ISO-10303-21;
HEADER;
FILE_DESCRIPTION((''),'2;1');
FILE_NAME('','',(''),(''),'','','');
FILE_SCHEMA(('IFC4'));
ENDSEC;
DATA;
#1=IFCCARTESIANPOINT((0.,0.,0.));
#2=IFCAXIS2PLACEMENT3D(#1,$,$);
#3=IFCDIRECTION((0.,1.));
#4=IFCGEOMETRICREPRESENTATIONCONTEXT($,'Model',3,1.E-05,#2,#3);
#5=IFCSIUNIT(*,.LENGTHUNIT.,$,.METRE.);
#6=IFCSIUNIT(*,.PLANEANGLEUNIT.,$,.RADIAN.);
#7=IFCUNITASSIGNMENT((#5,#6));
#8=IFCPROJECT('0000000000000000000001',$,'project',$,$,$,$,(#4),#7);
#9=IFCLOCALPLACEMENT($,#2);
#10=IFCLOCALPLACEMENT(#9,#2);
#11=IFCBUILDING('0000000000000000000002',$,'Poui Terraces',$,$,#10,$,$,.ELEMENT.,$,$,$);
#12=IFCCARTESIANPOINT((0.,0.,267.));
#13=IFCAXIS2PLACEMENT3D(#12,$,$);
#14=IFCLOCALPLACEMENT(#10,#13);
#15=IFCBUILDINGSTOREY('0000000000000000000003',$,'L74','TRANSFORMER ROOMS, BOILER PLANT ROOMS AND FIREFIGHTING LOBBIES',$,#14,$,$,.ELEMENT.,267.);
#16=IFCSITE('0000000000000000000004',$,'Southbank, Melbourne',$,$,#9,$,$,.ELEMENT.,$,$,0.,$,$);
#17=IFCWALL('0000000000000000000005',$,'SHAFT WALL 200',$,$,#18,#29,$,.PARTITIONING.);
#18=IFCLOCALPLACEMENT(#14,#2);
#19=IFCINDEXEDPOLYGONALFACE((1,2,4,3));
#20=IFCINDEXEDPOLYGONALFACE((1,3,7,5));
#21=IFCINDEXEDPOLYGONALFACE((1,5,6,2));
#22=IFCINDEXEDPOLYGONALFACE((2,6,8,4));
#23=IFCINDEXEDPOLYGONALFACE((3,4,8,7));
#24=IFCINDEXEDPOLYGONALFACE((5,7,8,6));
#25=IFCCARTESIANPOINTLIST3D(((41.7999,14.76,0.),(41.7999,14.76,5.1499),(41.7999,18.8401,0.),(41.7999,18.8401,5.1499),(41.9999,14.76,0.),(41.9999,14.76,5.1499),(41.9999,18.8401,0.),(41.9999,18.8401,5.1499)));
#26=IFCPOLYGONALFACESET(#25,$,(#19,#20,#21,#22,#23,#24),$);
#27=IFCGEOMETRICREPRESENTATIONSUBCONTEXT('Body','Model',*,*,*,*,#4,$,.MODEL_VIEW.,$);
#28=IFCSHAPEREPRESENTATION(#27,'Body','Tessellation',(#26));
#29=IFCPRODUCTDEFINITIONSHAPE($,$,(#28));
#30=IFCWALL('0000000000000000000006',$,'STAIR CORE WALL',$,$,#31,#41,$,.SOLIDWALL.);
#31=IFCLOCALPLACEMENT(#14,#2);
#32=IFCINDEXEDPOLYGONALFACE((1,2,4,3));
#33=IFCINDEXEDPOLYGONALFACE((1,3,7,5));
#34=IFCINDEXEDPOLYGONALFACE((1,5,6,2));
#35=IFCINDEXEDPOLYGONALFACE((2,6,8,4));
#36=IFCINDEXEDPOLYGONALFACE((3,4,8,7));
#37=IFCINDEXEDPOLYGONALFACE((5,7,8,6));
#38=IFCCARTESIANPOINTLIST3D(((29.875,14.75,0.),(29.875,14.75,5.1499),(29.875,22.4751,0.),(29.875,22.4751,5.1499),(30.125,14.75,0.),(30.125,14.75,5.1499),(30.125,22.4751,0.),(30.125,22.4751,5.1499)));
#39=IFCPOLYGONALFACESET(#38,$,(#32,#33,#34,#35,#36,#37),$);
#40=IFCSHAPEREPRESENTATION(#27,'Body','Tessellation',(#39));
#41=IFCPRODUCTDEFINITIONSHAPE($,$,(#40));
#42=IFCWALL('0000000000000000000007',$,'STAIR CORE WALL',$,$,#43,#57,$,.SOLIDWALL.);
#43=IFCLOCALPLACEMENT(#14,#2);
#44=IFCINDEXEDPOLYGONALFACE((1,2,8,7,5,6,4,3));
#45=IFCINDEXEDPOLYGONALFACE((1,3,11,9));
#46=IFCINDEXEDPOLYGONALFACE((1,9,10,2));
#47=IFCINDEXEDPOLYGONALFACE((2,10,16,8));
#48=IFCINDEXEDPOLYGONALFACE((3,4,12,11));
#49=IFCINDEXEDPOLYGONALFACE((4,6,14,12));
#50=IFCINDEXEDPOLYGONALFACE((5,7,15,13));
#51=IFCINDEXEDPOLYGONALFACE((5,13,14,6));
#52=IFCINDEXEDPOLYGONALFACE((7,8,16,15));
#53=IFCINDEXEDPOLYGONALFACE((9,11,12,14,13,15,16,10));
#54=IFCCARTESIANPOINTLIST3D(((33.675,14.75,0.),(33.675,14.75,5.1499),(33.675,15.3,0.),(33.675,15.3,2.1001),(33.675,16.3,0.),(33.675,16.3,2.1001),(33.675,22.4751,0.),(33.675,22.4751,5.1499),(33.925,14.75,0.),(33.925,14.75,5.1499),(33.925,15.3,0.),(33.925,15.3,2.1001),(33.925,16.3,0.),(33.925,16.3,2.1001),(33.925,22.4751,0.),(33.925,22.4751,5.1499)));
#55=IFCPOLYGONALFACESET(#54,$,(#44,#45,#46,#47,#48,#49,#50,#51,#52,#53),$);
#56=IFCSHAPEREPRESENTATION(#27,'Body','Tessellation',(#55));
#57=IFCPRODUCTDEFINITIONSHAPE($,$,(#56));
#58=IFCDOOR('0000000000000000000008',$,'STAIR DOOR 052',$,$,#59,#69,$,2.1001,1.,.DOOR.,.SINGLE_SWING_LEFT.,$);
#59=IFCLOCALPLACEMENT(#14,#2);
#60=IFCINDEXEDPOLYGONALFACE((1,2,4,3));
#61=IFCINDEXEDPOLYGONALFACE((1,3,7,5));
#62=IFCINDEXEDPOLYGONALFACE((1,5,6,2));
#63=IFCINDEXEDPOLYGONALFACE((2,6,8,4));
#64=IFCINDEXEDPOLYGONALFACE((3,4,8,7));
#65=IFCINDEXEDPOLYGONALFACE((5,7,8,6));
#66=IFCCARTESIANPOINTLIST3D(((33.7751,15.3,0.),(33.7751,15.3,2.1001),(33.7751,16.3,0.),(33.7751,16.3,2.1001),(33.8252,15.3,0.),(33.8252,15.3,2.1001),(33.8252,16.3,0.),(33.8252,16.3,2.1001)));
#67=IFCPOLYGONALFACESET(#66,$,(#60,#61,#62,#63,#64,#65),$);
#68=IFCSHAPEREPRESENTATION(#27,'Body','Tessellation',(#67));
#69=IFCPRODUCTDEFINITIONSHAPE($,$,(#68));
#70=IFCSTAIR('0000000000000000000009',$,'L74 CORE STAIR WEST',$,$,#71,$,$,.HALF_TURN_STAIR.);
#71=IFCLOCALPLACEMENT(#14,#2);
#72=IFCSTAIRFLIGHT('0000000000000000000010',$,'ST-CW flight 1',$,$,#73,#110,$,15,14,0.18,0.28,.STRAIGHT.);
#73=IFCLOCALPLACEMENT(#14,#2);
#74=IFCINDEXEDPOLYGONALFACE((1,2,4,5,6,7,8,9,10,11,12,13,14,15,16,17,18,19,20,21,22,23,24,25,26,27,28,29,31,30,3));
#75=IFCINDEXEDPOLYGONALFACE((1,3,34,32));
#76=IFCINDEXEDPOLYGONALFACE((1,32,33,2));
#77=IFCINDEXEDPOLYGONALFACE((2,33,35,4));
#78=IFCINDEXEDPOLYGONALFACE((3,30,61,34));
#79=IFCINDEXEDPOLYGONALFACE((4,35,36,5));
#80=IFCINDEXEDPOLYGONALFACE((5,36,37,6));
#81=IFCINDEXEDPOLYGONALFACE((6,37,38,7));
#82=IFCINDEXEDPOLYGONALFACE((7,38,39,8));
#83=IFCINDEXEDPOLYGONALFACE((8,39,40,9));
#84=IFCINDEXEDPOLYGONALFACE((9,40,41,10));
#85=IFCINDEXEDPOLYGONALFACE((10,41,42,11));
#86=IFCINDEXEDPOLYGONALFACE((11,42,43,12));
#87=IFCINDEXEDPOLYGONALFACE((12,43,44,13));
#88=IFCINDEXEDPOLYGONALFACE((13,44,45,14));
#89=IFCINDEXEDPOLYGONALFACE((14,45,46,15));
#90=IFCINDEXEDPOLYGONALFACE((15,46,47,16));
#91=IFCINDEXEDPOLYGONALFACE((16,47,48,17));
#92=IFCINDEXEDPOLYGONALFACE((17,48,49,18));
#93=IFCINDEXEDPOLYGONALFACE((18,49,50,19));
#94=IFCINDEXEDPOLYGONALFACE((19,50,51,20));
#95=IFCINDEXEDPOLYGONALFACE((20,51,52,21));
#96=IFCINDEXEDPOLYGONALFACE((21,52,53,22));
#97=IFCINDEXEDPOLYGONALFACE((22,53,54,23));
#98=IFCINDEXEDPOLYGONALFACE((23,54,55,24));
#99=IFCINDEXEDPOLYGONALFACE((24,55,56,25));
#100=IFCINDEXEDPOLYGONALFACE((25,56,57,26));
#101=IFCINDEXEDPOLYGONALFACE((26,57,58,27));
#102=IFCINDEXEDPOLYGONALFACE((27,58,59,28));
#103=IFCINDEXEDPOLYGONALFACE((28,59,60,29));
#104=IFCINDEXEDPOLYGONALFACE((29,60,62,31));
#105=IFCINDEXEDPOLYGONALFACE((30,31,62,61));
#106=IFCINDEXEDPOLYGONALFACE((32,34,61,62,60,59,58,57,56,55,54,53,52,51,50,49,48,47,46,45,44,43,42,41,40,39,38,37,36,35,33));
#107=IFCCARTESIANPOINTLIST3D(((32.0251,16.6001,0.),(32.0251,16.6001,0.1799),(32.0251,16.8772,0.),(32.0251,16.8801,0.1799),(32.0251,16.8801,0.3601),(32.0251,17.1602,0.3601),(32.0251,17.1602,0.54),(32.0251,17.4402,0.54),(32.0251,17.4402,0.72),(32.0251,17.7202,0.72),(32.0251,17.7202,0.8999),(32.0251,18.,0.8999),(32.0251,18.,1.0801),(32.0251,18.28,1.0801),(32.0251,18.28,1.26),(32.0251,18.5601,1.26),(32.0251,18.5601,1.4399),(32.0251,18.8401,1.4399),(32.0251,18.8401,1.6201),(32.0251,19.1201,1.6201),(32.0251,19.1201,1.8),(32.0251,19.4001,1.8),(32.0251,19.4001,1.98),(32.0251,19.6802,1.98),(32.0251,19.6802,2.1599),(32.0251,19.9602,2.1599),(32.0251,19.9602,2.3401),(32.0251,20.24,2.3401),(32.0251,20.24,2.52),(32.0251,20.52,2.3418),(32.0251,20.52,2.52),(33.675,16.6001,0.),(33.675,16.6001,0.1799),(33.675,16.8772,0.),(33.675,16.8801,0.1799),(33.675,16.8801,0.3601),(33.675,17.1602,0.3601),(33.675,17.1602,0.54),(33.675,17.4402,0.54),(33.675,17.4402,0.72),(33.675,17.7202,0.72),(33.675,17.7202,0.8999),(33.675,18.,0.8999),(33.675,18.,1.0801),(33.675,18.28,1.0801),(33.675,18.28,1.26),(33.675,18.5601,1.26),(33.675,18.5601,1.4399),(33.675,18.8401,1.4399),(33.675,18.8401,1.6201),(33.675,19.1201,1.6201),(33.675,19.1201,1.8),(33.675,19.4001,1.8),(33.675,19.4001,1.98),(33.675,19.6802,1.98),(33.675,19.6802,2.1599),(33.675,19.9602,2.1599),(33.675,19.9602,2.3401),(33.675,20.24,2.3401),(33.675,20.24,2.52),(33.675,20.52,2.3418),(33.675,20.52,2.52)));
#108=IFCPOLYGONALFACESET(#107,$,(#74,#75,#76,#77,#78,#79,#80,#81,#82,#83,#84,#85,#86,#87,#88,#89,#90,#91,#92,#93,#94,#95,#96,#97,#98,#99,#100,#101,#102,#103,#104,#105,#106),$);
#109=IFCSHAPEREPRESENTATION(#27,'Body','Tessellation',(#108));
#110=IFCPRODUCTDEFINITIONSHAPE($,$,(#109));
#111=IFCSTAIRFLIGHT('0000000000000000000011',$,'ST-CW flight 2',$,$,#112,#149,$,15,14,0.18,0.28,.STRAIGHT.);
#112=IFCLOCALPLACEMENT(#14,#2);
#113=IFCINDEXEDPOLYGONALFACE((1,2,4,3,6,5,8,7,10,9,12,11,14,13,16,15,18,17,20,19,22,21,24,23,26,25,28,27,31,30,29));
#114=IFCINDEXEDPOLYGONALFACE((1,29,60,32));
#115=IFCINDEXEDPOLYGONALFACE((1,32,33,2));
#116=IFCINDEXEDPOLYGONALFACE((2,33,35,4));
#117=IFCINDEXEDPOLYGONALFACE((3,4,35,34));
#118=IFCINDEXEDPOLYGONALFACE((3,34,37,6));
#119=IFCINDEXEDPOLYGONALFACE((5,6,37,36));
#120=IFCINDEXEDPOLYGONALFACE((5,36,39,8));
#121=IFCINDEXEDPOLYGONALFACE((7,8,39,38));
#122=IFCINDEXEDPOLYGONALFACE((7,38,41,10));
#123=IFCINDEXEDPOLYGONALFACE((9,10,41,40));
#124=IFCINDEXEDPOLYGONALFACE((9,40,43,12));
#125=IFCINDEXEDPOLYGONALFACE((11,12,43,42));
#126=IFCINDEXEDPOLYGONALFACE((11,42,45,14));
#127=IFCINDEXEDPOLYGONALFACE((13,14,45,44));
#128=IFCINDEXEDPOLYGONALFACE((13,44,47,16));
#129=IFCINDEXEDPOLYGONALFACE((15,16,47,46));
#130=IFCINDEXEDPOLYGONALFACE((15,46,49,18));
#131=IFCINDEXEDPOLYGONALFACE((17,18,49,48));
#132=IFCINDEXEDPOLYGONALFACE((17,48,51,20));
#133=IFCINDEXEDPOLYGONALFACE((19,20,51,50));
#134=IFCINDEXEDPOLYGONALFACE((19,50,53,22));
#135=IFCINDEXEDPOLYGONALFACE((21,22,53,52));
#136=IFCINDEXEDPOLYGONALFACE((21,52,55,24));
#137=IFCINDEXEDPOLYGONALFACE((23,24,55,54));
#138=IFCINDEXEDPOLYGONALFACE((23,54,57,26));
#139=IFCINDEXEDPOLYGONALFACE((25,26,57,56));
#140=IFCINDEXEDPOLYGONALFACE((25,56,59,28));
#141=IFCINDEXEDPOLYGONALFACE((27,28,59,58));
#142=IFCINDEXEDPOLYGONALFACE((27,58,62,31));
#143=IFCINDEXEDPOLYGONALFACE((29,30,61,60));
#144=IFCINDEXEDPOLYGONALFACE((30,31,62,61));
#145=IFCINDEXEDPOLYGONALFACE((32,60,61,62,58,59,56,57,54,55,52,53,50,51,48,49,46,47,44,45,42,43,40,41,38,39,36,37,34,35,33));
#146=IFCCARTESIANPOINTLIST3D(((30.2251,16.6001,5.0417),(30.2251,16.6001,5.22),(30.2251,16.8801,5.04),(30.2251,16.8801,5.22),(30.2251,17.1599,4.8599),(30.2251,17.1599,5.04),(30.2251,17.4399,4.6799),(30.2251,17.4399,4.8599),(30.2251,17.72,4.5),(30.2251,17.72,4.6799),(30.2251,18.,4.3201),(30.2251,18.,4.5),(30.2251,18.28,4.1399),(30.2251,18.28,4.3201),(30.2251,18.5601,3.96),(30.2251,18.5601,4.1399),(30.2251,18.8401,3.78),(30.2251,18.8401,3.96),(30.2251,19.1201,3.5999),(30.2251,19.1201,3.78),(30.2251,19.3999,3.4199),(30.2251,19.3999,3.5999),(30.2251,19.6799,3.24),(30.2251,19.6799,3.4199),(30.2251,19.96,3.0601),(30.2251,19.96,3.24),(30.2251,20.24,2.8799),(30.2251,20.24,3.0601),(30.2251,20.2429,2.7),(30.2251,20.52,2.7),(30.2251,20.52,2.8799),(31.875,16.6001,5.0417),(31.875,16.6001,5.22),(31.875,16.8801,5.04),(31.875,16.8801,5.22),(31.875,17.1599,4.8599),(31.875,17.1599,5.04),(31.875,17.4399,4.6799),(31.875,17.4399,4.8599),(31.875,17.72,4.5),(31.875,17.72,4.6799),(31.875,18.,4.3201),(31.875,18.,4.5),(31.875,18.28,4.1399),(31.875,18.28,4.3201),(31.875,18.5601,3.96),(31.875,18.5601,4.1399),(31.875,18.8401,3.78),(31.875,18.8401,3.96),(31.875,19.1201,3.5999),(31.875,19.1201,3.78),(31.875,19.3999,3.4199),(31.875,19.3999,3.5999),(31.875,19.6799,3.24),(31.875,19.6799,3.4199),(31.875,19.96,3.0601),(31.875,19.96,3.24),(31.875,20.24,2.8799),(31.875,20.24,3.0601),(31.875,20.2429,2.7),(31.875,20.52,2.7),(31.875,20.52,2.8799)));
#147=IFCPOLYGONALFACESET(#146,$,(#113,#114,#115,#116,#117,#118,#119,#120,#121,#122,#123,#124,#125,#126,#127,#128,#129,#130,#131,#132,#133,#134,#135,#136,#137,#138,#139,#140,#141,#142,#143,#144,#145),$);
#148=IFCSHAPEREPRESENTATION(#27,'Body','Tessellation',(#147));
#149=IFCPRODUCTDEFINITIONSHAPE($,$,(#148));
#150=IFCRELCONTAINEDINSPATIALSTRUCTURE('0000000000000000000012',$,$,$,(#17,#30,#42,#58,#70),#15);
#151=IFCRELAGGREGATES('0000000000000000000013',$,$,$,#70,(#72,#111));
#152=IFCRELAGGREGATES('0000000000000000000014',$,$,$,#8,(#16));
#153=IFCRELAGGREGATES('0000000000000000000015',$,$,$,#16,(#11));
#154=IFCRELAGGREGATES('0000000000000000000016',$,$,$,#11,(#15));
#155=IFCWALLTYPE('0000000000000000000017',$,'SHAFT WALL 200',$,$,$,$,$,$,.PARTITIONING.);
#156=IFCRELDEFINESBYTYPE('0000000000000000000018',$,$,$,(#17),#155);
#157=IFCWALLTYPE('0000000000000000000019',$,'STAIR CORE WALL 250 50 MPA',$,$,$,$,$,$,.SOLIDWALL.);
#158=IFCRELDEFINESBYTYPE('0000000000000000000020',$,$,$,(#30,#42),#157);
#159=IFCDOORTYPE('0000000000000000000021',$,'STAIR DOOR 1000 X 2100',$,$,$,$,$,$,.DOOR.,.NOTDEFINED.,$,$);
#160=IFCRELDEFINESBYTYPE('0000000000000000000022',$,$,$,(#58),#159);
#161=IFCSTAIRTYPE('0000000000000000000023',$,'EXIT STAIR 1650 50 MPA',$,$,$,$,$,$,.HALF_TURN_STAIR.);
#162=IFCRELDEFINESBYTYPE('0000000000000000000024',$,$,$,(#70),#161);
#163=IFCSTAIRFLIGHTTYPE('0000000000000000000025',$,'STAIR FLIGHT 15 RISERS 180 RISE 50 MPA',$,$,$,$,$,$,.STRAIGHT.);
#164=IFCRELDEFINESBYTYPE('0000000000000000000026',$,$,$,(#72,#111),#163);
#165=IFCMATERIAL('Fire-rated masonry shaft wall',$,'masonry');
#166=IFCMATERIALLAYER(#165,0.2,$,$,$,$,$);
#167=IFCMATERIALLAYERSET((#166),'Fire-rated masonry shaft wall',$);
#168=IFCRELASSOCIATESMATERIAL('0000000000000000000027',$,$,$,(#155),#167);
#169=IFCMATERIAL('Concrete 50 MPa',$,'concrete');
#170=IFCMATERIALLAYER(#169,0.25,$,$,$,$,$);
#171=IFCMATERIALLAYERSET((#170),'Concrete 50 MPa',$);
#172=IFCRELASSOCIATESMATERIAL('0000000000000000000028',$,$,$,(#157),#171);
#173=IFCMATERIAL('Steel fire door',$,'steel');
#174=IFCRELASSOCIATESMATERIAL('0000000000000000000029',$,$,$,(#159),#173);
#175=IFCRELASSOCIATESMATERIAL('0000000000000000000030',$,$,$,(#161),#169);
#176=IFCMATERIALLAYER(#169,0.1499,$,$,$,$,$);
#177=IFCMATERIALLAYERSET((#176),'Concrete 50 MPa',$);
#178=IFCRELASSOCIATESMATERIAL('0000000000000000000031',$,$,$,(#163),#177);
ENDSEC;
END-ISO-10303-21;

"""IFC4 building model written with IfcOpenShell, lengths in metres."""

from ifc_helpers import new_model, si_unit, direction, frame, frame_2d, origin, place, context, subcontext, project, spatial, polyline, rectangle, outline, extrude, material, layer, layer_set, type_object, element, fill, aggregate, save


model = new_model("IFC4")

# Units and contexts
model_context = context("Model", 3, precision=1e-05, world=origin(), true_north=direction((0.0, 1.0)))
body_context = subcontext(model_context, "Body", "Model", "MODEL_VIEW")
ifc_project = project(units=[si_unit("LENGTHUNIT", "METRE"), si_unit("PLANEANGLEUNIT", "RADIAN")], contexts=[model_context])

# Site, building, storey
site_placement = place(None, origin())
site = spatial("IfcSite", under=ifc_project, at=site_placement, Name="Southbank, Melbourne", CompositionType="ELEMENT", RefElevation=0.0)
building_placement = place(site_placement, origin())
building = spatial("IfcBuilding", under=site, at=building_placement, Name="Poui Terraces", CompositionType="ELEMENT")
storey_placement = place(building_placement, frame((0.0, 0.0, 267.0)))
storey = spatial("IfcBuildingStorey", under=building, at=storey_placement, Name="L74", Description="TRANSFORMER ROOMS, BOILER PLANT ROOMS AND FIREFIGHTING LOBBIES", CompositionType="ELEMENT", Elevation=267.0)

# Shared definitions
ifc_material_1 = material(Name="Concrete 50 MPa", Category="concrete")

# Shared definitions
ifc_material_2 = material(Name="Steel fire door", Category="steel")

# Shared definitions
ifc_material_3 = material(Name="Fire-rated masonry shaft wall", Category="masonry")
ifc_layer_1 = layer(ifc_material_3, 0.2)
ifc_layer_set_1 = layer_set([ifc_layer_1], Name="Fire-rated masonry shaft wall")
wall_type_1 = type_object("IfcWallType", Name="SHAFT WALL 200", PredefinedType="PARTITIONING", material=ifc_layer_set_1)

# Walls
wall_1_placement = place(storey_placement, frame((41.8999, 14.76, 0.0), z_axis=(0.0, 0.0, 1.0), x_axis=(0.0, 1.0, 0.0)))
element("IfcWall", 1, at=wall_1_placement, inside=storey, type_object=wall_type_1, Name="SHAFT WALL 200", PredefinedType="PARTITIONING", context=body_context, shape_type="SweptSolid", body=[
    extrude(rectangle(XDim=4.0801, YDim=0.2, at=frame_2d((2.04, 0.0))), origin(), (0.0, 0.0, 1.0), 5.1499),
])
ifc_layer_2 = layer(ifc_material_1, 0.25)
ifc_layer_set_2 = layer_set([ifc_layer_2], Name="Concrete 50 MPa")
wall_type_2 = type_object("IfcWallType", Name="STAIR CORE WALL 250 50 MPA", PredefinedType="SOLIDWALL", material=ifc_layer_set_2)
wall_2_placement = place(storey_placement, frame((30.0, 14.75, 0.0), z_axis=(0.0, 0.0, 1.0), x_axis=(0.0, 1.0, 0.0)))
element("IfcWall", 2, at=wall_2_placement, inside=storey, type_object=wall_type_2, Name="STAIR CORE WALL", PredefinedType="SOLIDWALL", context=body_context, shape_type="SweptSolid", body=[
    extrude(rectangle(XDim=7.7251, YDim=0.25, at=frame_2d((3.8625, 0.0))), origin(), (0.0, 0.0, 1.0), 5.1499),
])

# Wall, opening, door
wall_3_placement = place(storey_placement, frame((33.8, 14.75, 0.0), z_axis=(0.0, 0.0, 1.0), x_axis=(0.0, 1.0, 0.0)))
wall_3 = element("IfcWall", 3, at=wall_3_placement, inside=storey, type_object=wall_type_2, Name="STAIR CORE WALL", PredefinedType="SOLIDWALL", context=body_context, shape_type="SweptSolid", body=[
    extrude(rectangle(XDim=7.7251, YDim=0.25, at=frame_2d((3.8625, 0.0))), origin(), (0.0, 0.0, 1.0), 5.1499),
])
opening_1_placement = place(wall_3_placement, frame((0.55, 0.0, 0.0)))
opening_1 = element("IfcOpeningElement", 4, at=opening_1_placement, cuts=wall_3, PredefinedType="OPENING", context=body_context, shape_type="SweptSolid", body=[
    extrude(rectangle(XDim=1.0, YDim=2.1001, at=frame_2d((0.5, 1.05))), frame((0.0, 0.135, 0.0), z_axis=(0.0, -1.0, 0.0), x_axis=(1.0, 0.0, 0.0)), (0.0, 0.0, 1.0), 0.27),
])
door_type_1 = type_object("IfcDoorType", Name="STAIR DOOR 1000 X 2100", OperationType="NOTDEFINED", PredefinedType="DOOR", material=ifc_material_2)
door_1_placement = place(opening_1_placement, origin())
door_1 = element("IfcDoor", 5, at=door_1_placement, inside=storey, type_object=door_type_1, Name="STAIR DOOR 052", OperationType="SINGLE_SWING_LEFT", OverallHeight=2.1001, OverallWidth=1.0, PredefinedType="DOOR", context=body_context, shape_type="SweptSolid", body=[
    extrude(rectangle(XDim=1.0, YDim=2.1001, at=frame_2d((0.5, 1.05))), frame((0.0, 0.0249, 0.0), z_axis=(0.0, -1.0, 0.0), x_axis=(1.0, 0.0, 0.0)), (0.0, 0.0, 1.0), 0.05),
])
fill(opening_1, door_1)

# Stair, stair flights
stair_type = type_object("IfcStairType", Name="EXIT STAIR 1650 50 MPA", PredefinedType="HALF_TURN_STAIR", material=ifc_material_1)
stair_placement = place(storey_placement, origin())
stair = element("IfcStair", 6, at=stair_placement, inside=storey, type_object=stair_type, Name="L74 CORE STAIR WEST", PredefinedType="HALF_TURN_STAIR")
ifc_layer_3 = layer(ifc_material_1, 0.1499)
ifc_layer_set_3 = layer_set([ifc_layer_3], Name="Concrete 50 MPa")
stair_flight_type = type_object("IfcStairFlightType", Name="STAIR FLIGHT 15 RISERS 180 RISE 50 MPA", PredefinedType="STRAIGHT", material=ifc_layer_set_3)
stair_flight_1_placement = place(storey_placement, frame((32.8501, 16.6001, 0.0), z_axis=(0.0, 0.0, 1.0), x_axis=(0.0, 1.0, 0.0)))
stair_flight_1 = element("IfcStairFlight", 7, at=stair_flight_1_placement, type_object=stair_flight_type, Name="ST-CW flight 1", NumberOfRisers=15, NumberOfTreads=14, PredefinedType="STRAIGHT", RiserHeight=0.18, TreadLength=0.28, context=body_context, shape_type="SweptSolid", body=[
    extrude(outline(polyline([(0.0, 0.0), (0.0, 0.1799), (0.28, 0.1799), (0.28, 0.3601), (0.5601, 0.3601), (0.5601, 0.54), (0.8401, 0.54), (0.8401, 0.72), (1.1201, 0.72), (1.1201, 0.8999), (1.3999, 0.8999), (1.3999, 1.0801), (1.6799, 1.0801), (1.6799, 1.26), (1.96, 1.26), (1.96, 1.4399), (2.24, 1.4399), (2.24, 1.6201), (2.52, 1.6201), (2.52, 1.8), (2.8, 1.8), (2.8, 1.98), (3.0801, 1.98), (3.0801, 2.1599), (3.3601, 2.1599), (3.3601, 2.3401), (3.6399, 2.3401), (3.6399, 2.52), (3.9199, 2.52), (3.9199, 2.7), (3.9199, 2.3418), (0.2771, 0.0), (0.0, 0.0)])), frame((0.0, 0.825, 0.0), z_axis=(0.0, -1.0, 0.0), x_axis=(1.0, 0.0, 0.0)), (0.0, 0.0, 1.0), 1.6499),
])
stair_flight_2_placement = place(storey_placement, frame((31.05, 20.52, 2.7), z_axis=(0.0, 0.0, 1.0), x_axis=(0.0, -1.0, 0.0)))
stair_flight_2 = element("IfcStairFlight", 8, at=stair_flight_2_placement, type_object=stair_flight_type, Name="ST-CW flight 2", NumberOfRisers=15, NumberOfTreads=14, PredefinedType="STRAIGHT", RiserHeight=0.18, TreadLength=0.28, context=body_context, shape_type="SweptSolid", body=[
    extrude(outline(polyline([(0.0, 0.0), (0.0, 0.1799), (0.28, 0.1799), (0.28, 0.3601), (0.5601, 0.3601), (0.5601, 0.54), (0.8401, 0.54), (0.8401, 0.72), (1.1201, 0.72), (1.1201, 0.8999), (1.3999, 0.8999), (1.3999, 1.0801), (1.6799, 1.0801), (1.6799, 1.26), (1.96, 1.26), (1.96, 1.4399), (2.24, 1.4399), (2.24, 1.6201), (2.52, 1.6201), (2.52, 1.8), (2.8, 1.8), (2.8, 1.98), (3.0801, 1.98), (3.0801, 2.1599), (3.3601, 2.1599), (3.3601, 2.3401), (3.6399, 2.3401), (3.6399, 2.52), (3.9199, 2.52), (3.9199, 2.7), (3.9199, 2.3418), (0.2771, 0.0), (0.0, 0.0)])), frame((0.0, 0.825, 0.0), z_axis=(0.0, -1.0, 0.0), x_axis=(1.0, 0.0, 0.0)), (0.0, 0.0, 1.0), 1.6499),
])
aggregate(stair, [stair_flight_1, stair_flight_2])

save(model, "model.ifc")
